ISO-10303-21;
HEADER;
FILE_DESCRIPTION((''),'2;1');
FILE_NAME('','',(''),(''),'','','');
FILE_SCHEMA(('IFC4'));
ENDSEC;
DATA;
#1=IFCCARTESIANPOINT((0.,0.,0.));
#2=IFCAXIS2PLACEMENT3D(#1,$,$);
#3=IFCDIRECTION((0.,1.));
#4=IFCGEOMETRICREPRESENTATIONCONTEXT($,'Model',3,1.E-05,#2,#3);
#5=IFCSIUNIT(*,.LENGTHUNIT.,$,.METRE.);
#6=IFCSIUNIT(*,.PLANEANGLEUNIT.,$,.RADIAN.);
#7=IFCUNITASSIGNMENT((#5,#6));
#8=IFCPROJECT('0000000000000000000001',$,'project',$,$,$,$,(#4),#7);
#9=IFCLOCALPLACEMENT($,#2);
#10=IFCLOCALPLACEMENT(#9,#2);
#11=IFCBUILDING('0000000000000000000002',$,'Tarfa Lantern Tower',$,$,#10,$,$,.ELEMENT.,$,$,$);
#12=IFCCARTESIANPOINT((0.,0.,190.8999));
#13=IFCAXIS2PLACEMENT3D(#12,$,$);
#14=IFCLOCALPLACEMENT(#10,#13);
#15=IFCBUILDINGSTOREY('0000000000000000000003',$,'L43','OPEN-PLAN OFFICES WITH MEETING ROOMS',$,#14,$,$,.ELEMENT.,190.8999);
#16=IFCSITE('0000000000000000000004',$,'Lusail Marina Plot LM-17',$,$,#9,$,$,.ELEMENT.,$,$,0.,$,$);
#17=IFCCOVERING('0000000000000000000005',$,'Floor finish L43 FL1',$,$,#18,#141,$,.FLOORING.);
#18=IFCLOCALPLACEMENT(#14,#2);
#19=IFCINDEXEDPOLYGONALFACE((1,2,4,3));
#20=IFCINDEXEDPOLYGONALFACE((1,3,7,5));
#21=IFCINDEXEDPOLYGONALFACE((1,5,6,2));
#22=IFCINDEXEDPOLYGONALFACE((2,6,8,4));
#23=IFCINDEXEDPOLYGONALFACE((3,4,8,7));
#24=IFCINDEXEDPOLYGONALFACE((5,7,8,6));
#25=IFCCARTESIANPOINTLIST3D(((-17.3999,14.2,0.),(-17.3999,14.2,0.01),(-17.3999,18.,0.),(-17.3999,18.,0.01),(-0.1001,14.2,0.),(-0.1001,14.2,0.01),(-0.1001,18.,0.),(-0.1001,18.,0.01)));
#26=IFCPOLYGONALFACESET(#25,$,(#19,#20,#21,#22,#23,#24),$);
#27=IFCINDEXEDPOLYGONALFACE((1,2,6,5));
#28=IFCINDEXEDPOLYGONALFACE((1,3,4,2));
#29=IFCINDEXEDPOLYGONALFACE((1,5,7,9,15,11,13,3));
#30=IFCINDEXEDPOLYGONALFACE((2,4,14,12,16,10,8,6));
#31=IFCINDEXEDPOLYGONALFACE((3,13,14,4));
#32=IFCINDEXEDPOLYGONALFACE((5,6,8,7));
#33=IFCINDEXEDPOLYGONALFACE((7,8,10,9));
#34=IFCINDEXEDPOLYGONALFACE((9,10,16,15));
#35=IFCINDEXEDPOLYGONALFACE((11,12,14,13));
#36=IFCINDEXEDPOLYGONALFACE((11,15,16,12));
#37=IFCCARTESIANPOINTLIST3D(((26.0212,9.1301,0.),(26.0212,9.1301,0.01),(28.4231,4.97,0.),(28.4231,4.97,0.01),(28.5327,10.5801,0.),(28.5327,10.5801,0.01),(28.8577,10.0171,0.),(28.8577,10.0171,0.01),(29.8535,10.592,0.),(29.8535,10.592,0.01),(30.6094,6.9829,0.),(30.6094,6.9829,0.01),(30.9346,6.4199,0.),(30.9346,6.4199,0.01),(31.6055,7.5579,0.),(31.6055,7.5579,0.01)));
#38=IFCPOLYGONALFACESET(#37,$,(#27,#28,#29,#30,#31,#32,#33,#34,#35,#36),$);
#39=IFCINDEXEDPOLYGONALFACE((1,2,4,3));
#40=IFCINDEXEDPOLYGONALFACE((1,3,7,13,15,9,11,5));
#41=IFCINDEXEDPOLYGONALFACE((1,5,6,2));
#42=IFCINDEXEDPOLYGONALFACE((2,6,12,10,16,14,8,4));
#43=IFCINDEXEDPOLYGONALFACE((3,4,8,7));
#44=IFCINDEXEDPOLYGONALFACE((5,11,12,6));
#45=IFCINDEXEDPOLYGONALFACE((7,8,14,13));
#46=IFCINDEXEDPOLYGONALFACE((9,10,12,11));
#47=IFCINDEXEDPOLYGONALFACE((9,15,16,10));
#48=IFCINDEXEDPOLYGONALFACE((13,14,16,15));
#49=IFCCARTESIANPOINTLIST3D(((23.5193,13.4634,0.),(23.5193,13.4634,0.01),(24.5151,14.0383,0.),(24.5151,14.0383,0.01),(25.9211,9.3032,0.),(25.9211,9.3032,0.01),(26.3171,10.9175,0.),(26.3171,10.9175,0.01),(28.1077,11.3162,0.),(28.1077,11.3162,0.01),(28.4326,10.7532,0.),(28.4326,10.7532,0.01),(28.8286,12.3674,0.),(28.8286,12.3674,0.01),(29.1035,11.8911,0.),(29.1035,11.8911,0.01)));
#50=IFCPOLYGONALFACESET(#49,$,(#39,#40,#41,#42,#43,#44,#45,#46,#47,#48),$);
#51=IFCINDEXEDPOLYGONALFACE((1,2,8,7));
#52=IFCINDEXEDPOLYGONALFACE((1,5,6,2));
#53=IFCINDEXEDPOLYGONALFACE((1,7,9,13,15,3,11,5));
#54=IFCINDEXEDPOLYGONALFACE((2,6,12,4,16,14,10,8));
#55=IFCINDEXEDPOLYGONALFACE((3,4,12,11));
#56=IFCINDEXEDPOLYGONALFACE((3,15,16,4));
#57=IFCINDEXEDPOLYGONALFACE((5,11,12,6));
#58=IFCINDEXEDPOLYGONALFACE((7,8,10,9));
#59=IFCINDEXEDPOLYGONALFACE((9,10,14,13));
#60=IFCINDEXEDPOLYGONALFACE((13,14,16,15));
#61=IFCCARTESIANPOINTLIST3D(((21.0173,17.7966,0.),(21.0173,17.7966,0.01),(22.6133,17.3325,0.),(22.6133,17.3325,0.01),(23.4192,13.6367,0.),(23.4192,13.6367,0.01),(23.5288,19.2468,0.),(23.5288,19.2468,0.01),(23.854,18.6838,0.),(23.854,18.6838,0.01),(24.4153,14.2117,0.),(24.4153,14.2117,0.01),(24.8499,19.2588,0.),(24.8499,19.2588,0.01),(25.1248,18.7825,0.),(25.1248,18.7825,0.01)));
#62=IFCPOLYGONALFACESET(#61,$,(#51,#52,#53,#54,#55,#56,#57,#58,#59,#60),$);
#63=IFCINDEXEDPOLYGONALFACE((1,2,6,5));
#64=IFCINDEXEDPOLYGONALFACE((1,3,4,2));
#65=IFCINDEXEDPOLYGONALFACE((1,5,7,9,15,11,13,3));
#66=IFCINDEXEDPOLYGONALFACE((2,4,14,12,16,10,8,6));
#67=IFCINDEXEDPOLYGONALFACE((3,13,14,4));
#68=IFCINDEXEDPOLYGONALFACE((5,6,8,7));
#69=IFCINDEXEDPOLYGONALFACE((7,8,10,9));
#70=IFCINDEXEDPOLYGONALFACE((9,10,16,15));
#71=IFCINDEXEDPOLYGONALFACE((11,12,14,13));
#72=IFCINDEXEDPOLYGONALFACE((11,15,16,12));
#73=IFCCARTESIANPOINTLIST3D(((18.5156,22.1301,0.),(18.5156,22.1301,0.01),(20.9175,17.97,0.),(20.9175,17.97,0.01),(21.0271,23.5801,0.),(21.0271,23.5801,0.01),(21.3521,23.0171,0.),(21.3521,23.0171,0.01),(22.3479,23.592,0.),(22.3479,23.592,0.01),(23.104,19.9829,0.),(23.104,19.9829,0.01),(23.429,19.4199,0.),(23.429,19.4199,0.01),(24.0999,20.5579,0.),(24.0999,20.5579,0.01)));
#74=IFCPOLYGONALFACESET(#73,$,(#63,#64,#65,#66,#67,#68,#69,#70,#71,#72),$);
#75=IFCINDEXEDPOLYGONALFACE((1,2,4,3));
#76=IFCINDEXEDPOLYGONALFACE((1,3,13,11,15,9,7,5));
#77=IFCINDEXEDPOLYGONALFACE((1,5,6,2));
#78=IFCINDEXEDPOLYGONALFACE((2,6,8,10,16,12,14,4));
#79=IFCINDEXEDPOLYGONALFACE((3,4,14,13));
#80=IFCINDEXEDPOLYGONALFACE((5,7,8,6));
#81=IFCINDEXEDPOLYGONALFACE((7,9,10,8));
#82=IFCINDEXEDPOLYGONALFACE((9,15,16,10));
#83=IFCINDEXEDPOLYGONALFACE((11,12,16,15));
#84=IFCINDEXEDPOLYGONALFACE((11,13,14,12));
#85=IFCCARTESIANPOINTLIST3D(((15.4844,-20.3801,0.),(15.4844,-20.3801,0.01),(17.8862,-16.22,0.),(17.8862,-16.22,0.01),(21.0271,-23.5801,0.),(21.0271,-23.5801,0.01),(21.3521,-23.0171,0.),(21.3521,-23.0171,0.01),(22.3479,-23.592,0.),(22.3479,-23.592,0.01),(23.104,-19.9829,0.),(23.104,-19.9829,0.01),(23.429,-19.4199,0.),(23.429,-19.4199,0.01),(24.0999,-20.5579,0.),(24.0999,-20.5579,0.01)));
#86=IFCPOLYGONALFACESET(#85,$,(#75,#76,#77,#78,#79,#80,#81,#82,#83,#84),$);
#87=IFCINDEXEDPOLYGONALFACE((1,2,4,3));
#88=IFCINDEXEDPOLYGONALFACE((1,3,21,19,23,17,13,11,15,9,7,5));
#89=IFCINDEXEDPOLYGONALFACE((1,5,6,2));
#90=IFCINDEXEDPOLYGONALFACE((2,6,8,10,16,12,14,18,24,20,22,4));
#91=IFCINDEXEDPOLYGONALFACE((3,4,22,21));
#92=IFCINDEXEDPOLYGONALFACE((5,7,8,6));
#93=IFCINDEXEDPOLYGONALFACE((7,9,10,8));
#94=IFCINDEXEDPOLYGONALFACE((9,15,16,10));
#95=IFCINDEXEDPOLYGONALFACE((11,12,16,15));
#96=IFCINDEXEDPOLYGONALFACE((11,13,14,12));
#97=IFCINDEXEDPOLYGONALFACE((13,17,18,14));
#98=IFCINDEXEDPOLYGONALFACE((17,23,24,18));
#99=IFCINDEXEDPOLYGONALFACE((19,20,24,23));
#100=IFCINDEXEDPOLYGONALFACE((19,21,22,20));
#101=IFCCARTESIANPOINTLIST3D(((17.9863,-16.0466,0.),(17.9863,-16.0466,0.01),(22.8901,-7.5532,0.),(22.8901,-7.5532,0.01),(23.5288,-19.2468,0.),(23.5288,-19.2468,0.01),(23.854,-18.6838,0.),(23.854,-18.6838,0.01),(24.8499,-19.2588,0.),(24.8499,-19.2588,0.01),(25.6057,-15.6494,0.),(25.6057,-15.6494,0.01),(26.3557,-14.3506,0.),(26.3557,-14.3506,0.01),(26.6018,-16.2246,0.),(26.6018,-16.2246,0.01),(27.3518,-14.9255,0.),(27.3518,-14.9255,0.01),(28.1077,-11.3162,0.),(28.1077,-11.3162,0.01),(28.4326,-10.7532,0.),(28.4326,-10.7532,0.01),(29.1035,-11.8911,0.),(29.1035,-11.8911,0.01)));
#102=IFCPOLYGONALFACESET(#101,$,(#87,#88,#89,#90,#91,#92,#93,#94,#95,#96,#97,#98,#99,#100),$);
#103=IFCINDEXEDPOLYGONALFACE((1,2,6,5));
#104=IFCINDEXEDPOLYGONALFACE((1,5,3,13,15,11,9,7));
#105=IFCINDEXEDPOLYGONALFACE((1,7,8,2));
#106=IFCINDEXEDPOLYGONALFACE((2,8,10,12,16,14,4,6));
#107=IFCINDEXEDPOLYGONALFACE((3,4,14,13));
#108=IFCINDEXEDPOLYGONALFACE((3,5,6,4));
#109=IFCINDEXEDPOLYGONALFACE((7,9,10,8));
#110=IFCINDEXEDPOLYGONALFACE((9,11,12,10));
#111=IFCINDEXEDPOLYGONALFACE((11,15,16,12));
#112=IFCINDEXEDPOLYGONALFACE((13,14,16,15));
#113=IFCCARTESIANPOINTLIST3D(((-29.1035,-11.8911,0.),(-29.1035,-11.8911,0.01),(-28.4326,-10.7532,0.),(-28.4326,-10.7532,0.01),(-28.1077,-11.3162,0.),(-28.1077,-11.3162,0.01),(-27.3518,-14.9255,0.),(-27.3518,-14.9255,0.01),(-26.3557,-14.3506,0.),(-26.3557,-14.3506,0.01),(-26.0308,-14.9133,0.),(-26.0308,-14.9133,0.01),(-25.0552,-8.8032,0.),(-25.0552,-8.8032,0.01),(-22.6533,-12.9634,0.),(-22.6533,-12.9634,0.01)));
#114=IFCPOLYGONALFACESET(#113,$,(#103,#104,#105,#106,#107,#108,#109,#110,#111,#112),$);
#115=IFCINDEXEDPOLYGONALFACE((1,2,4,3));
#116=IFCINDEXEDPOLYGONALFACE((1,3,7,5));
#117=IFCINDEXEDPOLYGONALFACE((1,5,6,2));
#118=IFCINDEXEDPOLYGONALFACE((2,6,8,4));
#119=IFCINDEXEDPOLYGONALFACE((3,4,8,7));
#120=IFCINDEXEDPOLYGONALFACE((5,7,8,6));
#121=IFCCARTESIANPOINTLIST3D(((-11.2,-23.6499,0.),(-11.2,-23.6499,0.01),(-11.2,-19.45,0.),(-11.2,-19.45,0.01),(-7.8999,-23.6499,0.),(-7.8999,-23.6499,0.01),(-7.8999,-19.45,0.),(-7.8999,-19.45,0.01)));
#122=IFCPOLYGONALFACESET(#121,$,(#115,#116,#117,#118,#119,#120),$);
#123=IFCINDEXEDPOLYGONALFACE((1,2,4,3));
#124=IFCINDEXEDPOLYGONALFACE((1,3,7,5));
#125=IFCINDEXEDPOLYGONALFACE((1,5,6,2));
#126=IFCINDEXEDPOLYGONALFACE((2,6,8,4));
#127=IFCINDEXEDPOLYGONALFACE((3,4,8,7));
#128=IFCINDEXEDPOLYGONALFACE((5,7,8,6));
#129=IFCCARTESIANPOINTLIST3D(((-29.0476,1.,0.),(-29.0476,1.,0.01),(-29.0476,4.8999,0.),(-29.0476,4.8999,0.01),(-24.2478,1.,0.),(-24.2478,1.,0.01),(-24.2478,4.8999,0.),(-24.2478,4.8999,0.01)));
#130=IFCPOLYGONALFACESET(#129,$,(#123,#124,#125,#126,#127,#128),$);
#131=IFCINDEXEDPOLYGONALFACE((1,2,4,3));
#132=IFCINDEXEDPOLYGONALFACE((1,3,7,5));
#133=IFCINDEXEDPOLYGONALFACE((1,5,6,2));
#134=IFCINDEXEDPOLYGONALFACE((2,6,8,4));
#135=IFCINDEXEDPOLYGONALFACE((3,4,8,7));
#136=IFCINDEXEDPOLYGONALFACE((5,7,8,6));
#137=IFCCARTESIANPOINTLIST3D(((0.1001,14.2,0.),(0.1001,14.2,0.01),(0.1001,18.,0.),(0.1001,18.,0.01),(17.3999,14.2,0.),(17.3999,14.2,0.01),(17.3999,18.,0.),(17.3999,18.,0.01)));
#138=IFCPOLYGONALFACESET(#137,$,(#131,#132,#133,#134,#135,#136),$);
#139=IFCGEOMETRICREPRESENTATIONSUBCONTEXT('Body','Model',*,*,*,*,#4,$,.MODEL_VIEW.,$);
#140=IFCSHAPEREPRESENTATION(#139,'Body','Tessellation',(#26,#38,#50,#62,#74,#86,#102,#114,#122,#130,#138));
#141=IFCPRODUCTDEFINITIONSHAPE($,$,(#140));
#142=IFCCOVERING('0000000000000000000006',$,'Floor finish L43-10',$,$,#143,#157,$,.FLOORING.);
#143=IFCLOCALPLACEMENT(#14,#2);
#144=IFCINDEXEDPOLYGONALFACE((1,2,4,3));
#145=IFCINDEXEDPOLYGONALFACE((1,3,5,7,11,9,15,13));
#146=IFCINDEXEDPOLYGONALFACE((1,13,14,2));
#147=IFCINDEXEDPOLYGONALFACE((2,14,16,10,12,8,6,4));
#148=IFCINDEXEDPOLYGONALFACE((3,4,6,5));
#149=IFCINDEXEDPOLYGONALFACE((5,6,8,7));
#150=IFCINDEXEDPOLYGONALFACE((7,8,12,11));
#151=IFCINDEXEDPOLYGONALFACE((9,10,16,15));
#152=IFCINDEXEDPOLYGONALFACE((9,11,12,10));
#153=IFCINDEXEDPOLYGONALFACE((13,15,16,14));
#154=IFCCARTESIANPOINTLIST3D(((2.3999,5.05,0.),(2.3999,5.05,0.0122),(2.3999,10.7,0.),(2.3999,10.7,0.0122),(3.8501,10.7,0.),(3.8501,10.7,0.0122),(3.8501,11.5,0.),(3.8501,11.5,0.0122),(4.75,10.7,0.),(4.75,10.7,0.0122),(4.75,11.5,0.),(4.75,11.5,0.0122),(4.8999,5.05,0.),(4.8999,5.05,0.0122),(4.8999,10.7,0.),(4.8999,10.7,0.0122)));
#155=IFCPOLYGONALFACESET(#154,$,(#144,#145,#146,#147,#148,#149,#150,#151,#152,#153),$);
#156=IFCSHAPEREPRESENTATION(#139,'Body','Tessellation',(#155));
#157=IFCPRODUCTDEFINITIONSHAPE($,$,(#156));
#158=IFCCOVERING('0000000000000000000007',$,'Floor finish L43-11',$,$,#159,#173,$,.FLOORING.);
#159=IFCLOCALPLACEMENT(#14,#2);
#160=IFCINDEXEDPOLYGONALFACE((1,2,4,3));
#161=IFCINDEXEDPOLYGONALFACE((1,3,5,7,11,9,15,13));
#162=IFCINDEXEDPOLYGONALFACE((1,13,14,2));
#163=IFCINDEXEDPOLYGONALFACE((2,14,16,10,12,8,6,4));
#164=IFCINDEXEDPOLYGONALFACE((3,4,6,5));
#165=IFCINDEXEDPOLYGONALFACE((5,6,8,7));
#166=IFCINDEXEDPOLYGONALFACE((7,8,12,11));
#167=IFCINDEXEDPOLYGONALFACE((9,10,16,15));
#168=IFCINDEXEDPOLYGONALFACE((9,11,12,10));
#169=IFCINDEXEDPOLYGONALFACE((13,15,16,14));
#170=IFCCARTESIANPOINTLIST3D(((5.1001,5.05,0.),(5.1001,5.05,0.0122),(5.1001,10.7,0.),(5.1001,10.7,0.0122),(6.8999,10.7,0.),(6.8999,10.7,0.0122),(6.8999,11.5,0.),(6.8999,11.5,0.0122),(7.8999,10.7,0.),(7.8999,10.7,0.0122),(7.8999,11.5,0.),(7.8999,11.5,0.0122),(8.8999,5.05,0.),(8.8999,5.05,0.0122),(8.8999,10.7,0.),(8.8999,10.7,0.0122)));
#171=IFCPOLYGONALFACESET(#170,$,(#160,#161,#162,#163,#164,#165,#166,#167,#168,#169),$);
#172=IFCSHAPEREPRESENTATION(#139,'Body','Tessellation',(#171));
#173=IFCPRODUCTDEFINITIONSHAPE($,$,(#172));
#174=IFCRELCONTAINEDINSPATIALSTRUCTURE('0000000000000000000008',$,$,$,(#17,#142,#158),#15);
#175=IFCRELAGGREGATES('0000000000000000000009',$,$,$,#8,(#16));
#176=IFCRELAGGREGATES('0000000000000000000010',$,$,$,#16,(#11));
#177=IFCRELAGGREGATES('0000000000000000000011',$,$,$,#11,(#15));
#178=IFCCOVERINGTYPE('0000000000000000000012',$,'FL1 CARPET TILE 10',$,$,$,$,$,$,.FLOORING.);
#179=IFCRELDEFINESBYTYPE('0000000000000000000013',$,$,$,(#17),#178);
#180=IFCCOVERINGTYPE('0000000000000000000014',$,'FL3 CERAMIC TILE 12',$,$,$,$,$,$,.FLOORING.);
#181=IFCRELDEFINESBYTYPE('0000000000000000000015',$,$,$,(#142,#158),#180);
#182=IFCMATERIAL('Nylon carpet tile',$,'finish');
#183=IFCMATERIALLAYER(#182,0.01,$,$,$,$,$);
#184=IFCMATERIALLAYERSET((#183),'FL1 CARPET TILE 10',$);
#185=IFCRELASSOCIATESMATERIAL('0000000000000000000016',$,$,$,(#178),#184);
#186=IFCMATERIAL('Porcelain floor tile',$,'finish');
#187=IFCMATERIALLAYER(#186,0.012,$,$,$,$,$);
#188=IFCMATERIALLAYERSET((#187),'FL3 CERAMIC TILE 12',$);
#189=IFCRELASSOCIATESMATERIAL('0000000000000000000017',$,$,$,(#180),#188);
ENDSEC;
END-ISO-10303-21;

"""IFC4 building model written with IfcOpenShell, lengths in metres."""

from ifc_helpers import new_model, si_unit, direction, frame, origin, place, context, subcontext, project, spatial, polyline, outline, extrude, material, layer, layer_set, type_object, element, save


model = new_model("IFC4")

# Units and contexts
model_context = context("Model", 3, precision=1e-05, world=origin(), true_north=direction((0.0, 1.0)))
body_context = subcontext(model_context, "Body", "Model", "MODEL_VIEW")
ifc_project = project(units=[si_unit("LENGTHUNIT", "METRE"), si_unit("PLANEANGLEUNIT", "RADIAN")], contexts=[model_context])

# Site, building, storey
site_placement = place(None, origin())
site = spatial("IfcSite", under=ifc_project, at=site_placement, Name="Lusail Marina Plot LM-17", CompositionType="ELEMENT", RefElevation=0.0)
building_placement = place(site_placement, origin())
building = spatial("IfcBuilding", under=site, at=building_placement, Name="Tarfa Lantern Tower", CompositionType="ELEMENT")
storey_placement = place(building_placement, frame((0.0, 0.0, 190.8999)))
storey = spatial("IfcBuildingStorey", under=building, at=storey_placement, Name="L43", Description="OPEN-PLAN OFFICES WITH MEETING ROOMS", CompositionType="ELEMENT", Elevation=190.8999)

# Coverings
ifc_material_1 = material(Name="Nylon carpet tile", Category="finish")
ifc_layer_1 = layer(ifc_material_1, 0.01)
ifc_layer_set_1 = layer_set([ifc_layer_1], Name="FL1 CARPET TILE 10")
covering_type_1 = type_object("IfcCoveringType", Name="FL1 CARPET TILE 10", PredefinedType="FLOORING", material=ifc_layer_set_1)
covering_1_placement = place(storey_placement, origin())
element("IfcCovering", 1, at=covering_1_placement, inside=storey, type_object=covering_type_1, Name="Floor finish L43 FL1", PredefinedType="FLOORING", context=body_context, shape_type="SweptSolid", body=[
    extrude(outline(polyline([(-17.3999, 18.0), (-0.1001, 18.0), (-0.1001, 14.2), (-17.3999, 14.2), (-17.3999, 18.0)])), origin(), (0.0, 0.0, 1.0), 0.01),
    extrude(outline(polyline([(26.0212, 9.1301), (28.5327, 10.5801), (28.8577, 10.0171), (29.8535, 10.592), (31.6055, 7.5579), (30.6094, 6.9829), (30.9346, 6.4199), (28.4231, 4.97), (26.0212, 9.1301)])), origin(), (0.0, 0.0, 1.0), 0.01),
    extrude(outline(polyline([(25.9211, 9.3032), (23.5193, 13.4634), (24.5151, 14.0383), (26.3171, 10.9175), (28.8286, 12.3674), (29.1035, 11.8911), (28.1077, 11.3162), (28.4326, 10.7532), (25.9211, 9.3032)])), origin(), (0.0, 0.0, 1.0), 0.01),
    extrude(outline(polyline([(21.0173, 17.7966), (23.5288, 19.2468), (23.854, 18.6838), (24.8499, 19.2588), (25.1248, 18.7825), (22.6133, 17.3325), (24.4153, 14.2117), (23.4192, 13.6367), (21.0173, 17.7966)])), origin(), (0.0, 0.0, 1.0), 0.01),
    extrude(outline(polyline([(18.5156, 22.1301), (21.0271, 23.5801), (21.3521, 23.0171), (22.3479, 23.592), (24.0999, 20.5579), (23.104, 19.9829), (23.429, 19.4199), (20.9175, 17.97), (18.5156, 22.1301)])), origin(), (0.0, 0.0, 1.0), 0.01),
    extrude(outline(polyline([(17.8862, -16.22), (23.429, -19.4199), (23.104, -19.9829), (24.0999, -20.5579), (22.3479, -23.592), (21.3521, -23.0171), (21.0271, -23.5801), (15.4844, -20.3801), (17.8862, -16.22)])), origin(), (0.0, 0.0, 1.0), 0.01),
    extrude(outline(polyline([(22.8901, -7.5532), (28.4326, -10.7532), (28.1077, -11.3162), (29.1035, -11.8911), (27.3518, -14.9255), (26.3557, -14.3506), (25.6057, -15.6494), (26.6018, -16.2246), (24.8499, -19.2588), (23.854, -18.6838), (23.5288, -19.2468), (17.9863, -16.0466), (22.8901, -7.5532)])), origin(), (0.0, 0.0, 1.0), 0.01),
    extrude(outline(polyline([(-22.6533, -12.9634), (-26.0308, -14.9133), (-26.3557, -14.3506), (-27.3518, -14.9255), (-29.1035, -11.8911), (-28.1077, -11.3162), (-28.4326, -10.7532), (-25.0552, -8.8032), (-22.6533, -12.9634)])), origin(), (0.0, 0.0, 1.0), 0.01),
    extrude(outline(polyline([(-7.8999, -23.6499), (-11.2, -23.6499), (-11.2, -19.45), (-7.8999, -19.45), (-7.8999, -23.6499)])), origin(), (0.0, 0.0, 1.0), 0.01),
    extrude(outline(polyline([(-29.0476, 1.0), (-29.0476, 4.8999), (-24.2478, 4.8999), (-24.2478, 1.0), (-29.0476, 1.0)])), origin(), (0.0, 0.0, 1.0), 0.01),
    extrude(outline(polyline([(0.1001, 18.0), (17.3999, 18.0), (17.3999, 14.2), (0.1001, 14.2), (0.1001, 18.0)])), origin(), (0.0, 0.0, 1.0), 0.01),
])
ifc_material_2 = material(Name="Porcelain floor tile", Category="finish")
ifc_layer_2 = layer(ifc_material_2, 0.012)
ifc_layer_set_2 = layer_set([ifc_layer_2], Name="FL3 CERAMIC TILE 12")
covering_type_2 = type_object("IfcCoveringType", Name="FL3 CERAMIC TILE 12", PredefinedType="FLOORING", material=ifc_layer_set_2)
covering_2_placement = place(storey_placement, origin())
element("IfcCovering", 2, at=covering_2_placement, inside=storey, type_object=covering_type_2, Name="Floor finish L43-10", PredefinedType="FLOORING", context=body_context, shape_type="SweptSolid", body=[
    extrude(outline(polyline([(2.3999, 5.05), (4.8999, 5.05), (4.8999, 10.7), (4.75, 10.7), (4.75, 11.5), (3.8501, 11.5), (3.8501, 10.7), (2.3999, 10.7), (2.3999, 5.05)])), origin(), (0.0, 0.0, 1.0), 0.0122),
])
covering_3_placement = place(storey_placement, origin())
element("IfcCovering", 3, at=covering_3_placement, inside=storey, type_object=covering_type_2, Name="Floor finish L43-11", PredefinedType="FLOORING", context=body_context, shape_type="SweptSolid", body=[
    extrude(outline(polyline([(5.1001, 5.05), (8.8999, 5.05), (8.8999, 10.7), (7.8999, 10.7), (7.8999, 11.5), (6.8999, 11.5), (6.8999, 10.7), (5.1001, 10.7), (5.1001, 5.05)])), origin(), (0.0, 0.0, 1.0), 0.0122),
])

save(model, "model.ifc")
